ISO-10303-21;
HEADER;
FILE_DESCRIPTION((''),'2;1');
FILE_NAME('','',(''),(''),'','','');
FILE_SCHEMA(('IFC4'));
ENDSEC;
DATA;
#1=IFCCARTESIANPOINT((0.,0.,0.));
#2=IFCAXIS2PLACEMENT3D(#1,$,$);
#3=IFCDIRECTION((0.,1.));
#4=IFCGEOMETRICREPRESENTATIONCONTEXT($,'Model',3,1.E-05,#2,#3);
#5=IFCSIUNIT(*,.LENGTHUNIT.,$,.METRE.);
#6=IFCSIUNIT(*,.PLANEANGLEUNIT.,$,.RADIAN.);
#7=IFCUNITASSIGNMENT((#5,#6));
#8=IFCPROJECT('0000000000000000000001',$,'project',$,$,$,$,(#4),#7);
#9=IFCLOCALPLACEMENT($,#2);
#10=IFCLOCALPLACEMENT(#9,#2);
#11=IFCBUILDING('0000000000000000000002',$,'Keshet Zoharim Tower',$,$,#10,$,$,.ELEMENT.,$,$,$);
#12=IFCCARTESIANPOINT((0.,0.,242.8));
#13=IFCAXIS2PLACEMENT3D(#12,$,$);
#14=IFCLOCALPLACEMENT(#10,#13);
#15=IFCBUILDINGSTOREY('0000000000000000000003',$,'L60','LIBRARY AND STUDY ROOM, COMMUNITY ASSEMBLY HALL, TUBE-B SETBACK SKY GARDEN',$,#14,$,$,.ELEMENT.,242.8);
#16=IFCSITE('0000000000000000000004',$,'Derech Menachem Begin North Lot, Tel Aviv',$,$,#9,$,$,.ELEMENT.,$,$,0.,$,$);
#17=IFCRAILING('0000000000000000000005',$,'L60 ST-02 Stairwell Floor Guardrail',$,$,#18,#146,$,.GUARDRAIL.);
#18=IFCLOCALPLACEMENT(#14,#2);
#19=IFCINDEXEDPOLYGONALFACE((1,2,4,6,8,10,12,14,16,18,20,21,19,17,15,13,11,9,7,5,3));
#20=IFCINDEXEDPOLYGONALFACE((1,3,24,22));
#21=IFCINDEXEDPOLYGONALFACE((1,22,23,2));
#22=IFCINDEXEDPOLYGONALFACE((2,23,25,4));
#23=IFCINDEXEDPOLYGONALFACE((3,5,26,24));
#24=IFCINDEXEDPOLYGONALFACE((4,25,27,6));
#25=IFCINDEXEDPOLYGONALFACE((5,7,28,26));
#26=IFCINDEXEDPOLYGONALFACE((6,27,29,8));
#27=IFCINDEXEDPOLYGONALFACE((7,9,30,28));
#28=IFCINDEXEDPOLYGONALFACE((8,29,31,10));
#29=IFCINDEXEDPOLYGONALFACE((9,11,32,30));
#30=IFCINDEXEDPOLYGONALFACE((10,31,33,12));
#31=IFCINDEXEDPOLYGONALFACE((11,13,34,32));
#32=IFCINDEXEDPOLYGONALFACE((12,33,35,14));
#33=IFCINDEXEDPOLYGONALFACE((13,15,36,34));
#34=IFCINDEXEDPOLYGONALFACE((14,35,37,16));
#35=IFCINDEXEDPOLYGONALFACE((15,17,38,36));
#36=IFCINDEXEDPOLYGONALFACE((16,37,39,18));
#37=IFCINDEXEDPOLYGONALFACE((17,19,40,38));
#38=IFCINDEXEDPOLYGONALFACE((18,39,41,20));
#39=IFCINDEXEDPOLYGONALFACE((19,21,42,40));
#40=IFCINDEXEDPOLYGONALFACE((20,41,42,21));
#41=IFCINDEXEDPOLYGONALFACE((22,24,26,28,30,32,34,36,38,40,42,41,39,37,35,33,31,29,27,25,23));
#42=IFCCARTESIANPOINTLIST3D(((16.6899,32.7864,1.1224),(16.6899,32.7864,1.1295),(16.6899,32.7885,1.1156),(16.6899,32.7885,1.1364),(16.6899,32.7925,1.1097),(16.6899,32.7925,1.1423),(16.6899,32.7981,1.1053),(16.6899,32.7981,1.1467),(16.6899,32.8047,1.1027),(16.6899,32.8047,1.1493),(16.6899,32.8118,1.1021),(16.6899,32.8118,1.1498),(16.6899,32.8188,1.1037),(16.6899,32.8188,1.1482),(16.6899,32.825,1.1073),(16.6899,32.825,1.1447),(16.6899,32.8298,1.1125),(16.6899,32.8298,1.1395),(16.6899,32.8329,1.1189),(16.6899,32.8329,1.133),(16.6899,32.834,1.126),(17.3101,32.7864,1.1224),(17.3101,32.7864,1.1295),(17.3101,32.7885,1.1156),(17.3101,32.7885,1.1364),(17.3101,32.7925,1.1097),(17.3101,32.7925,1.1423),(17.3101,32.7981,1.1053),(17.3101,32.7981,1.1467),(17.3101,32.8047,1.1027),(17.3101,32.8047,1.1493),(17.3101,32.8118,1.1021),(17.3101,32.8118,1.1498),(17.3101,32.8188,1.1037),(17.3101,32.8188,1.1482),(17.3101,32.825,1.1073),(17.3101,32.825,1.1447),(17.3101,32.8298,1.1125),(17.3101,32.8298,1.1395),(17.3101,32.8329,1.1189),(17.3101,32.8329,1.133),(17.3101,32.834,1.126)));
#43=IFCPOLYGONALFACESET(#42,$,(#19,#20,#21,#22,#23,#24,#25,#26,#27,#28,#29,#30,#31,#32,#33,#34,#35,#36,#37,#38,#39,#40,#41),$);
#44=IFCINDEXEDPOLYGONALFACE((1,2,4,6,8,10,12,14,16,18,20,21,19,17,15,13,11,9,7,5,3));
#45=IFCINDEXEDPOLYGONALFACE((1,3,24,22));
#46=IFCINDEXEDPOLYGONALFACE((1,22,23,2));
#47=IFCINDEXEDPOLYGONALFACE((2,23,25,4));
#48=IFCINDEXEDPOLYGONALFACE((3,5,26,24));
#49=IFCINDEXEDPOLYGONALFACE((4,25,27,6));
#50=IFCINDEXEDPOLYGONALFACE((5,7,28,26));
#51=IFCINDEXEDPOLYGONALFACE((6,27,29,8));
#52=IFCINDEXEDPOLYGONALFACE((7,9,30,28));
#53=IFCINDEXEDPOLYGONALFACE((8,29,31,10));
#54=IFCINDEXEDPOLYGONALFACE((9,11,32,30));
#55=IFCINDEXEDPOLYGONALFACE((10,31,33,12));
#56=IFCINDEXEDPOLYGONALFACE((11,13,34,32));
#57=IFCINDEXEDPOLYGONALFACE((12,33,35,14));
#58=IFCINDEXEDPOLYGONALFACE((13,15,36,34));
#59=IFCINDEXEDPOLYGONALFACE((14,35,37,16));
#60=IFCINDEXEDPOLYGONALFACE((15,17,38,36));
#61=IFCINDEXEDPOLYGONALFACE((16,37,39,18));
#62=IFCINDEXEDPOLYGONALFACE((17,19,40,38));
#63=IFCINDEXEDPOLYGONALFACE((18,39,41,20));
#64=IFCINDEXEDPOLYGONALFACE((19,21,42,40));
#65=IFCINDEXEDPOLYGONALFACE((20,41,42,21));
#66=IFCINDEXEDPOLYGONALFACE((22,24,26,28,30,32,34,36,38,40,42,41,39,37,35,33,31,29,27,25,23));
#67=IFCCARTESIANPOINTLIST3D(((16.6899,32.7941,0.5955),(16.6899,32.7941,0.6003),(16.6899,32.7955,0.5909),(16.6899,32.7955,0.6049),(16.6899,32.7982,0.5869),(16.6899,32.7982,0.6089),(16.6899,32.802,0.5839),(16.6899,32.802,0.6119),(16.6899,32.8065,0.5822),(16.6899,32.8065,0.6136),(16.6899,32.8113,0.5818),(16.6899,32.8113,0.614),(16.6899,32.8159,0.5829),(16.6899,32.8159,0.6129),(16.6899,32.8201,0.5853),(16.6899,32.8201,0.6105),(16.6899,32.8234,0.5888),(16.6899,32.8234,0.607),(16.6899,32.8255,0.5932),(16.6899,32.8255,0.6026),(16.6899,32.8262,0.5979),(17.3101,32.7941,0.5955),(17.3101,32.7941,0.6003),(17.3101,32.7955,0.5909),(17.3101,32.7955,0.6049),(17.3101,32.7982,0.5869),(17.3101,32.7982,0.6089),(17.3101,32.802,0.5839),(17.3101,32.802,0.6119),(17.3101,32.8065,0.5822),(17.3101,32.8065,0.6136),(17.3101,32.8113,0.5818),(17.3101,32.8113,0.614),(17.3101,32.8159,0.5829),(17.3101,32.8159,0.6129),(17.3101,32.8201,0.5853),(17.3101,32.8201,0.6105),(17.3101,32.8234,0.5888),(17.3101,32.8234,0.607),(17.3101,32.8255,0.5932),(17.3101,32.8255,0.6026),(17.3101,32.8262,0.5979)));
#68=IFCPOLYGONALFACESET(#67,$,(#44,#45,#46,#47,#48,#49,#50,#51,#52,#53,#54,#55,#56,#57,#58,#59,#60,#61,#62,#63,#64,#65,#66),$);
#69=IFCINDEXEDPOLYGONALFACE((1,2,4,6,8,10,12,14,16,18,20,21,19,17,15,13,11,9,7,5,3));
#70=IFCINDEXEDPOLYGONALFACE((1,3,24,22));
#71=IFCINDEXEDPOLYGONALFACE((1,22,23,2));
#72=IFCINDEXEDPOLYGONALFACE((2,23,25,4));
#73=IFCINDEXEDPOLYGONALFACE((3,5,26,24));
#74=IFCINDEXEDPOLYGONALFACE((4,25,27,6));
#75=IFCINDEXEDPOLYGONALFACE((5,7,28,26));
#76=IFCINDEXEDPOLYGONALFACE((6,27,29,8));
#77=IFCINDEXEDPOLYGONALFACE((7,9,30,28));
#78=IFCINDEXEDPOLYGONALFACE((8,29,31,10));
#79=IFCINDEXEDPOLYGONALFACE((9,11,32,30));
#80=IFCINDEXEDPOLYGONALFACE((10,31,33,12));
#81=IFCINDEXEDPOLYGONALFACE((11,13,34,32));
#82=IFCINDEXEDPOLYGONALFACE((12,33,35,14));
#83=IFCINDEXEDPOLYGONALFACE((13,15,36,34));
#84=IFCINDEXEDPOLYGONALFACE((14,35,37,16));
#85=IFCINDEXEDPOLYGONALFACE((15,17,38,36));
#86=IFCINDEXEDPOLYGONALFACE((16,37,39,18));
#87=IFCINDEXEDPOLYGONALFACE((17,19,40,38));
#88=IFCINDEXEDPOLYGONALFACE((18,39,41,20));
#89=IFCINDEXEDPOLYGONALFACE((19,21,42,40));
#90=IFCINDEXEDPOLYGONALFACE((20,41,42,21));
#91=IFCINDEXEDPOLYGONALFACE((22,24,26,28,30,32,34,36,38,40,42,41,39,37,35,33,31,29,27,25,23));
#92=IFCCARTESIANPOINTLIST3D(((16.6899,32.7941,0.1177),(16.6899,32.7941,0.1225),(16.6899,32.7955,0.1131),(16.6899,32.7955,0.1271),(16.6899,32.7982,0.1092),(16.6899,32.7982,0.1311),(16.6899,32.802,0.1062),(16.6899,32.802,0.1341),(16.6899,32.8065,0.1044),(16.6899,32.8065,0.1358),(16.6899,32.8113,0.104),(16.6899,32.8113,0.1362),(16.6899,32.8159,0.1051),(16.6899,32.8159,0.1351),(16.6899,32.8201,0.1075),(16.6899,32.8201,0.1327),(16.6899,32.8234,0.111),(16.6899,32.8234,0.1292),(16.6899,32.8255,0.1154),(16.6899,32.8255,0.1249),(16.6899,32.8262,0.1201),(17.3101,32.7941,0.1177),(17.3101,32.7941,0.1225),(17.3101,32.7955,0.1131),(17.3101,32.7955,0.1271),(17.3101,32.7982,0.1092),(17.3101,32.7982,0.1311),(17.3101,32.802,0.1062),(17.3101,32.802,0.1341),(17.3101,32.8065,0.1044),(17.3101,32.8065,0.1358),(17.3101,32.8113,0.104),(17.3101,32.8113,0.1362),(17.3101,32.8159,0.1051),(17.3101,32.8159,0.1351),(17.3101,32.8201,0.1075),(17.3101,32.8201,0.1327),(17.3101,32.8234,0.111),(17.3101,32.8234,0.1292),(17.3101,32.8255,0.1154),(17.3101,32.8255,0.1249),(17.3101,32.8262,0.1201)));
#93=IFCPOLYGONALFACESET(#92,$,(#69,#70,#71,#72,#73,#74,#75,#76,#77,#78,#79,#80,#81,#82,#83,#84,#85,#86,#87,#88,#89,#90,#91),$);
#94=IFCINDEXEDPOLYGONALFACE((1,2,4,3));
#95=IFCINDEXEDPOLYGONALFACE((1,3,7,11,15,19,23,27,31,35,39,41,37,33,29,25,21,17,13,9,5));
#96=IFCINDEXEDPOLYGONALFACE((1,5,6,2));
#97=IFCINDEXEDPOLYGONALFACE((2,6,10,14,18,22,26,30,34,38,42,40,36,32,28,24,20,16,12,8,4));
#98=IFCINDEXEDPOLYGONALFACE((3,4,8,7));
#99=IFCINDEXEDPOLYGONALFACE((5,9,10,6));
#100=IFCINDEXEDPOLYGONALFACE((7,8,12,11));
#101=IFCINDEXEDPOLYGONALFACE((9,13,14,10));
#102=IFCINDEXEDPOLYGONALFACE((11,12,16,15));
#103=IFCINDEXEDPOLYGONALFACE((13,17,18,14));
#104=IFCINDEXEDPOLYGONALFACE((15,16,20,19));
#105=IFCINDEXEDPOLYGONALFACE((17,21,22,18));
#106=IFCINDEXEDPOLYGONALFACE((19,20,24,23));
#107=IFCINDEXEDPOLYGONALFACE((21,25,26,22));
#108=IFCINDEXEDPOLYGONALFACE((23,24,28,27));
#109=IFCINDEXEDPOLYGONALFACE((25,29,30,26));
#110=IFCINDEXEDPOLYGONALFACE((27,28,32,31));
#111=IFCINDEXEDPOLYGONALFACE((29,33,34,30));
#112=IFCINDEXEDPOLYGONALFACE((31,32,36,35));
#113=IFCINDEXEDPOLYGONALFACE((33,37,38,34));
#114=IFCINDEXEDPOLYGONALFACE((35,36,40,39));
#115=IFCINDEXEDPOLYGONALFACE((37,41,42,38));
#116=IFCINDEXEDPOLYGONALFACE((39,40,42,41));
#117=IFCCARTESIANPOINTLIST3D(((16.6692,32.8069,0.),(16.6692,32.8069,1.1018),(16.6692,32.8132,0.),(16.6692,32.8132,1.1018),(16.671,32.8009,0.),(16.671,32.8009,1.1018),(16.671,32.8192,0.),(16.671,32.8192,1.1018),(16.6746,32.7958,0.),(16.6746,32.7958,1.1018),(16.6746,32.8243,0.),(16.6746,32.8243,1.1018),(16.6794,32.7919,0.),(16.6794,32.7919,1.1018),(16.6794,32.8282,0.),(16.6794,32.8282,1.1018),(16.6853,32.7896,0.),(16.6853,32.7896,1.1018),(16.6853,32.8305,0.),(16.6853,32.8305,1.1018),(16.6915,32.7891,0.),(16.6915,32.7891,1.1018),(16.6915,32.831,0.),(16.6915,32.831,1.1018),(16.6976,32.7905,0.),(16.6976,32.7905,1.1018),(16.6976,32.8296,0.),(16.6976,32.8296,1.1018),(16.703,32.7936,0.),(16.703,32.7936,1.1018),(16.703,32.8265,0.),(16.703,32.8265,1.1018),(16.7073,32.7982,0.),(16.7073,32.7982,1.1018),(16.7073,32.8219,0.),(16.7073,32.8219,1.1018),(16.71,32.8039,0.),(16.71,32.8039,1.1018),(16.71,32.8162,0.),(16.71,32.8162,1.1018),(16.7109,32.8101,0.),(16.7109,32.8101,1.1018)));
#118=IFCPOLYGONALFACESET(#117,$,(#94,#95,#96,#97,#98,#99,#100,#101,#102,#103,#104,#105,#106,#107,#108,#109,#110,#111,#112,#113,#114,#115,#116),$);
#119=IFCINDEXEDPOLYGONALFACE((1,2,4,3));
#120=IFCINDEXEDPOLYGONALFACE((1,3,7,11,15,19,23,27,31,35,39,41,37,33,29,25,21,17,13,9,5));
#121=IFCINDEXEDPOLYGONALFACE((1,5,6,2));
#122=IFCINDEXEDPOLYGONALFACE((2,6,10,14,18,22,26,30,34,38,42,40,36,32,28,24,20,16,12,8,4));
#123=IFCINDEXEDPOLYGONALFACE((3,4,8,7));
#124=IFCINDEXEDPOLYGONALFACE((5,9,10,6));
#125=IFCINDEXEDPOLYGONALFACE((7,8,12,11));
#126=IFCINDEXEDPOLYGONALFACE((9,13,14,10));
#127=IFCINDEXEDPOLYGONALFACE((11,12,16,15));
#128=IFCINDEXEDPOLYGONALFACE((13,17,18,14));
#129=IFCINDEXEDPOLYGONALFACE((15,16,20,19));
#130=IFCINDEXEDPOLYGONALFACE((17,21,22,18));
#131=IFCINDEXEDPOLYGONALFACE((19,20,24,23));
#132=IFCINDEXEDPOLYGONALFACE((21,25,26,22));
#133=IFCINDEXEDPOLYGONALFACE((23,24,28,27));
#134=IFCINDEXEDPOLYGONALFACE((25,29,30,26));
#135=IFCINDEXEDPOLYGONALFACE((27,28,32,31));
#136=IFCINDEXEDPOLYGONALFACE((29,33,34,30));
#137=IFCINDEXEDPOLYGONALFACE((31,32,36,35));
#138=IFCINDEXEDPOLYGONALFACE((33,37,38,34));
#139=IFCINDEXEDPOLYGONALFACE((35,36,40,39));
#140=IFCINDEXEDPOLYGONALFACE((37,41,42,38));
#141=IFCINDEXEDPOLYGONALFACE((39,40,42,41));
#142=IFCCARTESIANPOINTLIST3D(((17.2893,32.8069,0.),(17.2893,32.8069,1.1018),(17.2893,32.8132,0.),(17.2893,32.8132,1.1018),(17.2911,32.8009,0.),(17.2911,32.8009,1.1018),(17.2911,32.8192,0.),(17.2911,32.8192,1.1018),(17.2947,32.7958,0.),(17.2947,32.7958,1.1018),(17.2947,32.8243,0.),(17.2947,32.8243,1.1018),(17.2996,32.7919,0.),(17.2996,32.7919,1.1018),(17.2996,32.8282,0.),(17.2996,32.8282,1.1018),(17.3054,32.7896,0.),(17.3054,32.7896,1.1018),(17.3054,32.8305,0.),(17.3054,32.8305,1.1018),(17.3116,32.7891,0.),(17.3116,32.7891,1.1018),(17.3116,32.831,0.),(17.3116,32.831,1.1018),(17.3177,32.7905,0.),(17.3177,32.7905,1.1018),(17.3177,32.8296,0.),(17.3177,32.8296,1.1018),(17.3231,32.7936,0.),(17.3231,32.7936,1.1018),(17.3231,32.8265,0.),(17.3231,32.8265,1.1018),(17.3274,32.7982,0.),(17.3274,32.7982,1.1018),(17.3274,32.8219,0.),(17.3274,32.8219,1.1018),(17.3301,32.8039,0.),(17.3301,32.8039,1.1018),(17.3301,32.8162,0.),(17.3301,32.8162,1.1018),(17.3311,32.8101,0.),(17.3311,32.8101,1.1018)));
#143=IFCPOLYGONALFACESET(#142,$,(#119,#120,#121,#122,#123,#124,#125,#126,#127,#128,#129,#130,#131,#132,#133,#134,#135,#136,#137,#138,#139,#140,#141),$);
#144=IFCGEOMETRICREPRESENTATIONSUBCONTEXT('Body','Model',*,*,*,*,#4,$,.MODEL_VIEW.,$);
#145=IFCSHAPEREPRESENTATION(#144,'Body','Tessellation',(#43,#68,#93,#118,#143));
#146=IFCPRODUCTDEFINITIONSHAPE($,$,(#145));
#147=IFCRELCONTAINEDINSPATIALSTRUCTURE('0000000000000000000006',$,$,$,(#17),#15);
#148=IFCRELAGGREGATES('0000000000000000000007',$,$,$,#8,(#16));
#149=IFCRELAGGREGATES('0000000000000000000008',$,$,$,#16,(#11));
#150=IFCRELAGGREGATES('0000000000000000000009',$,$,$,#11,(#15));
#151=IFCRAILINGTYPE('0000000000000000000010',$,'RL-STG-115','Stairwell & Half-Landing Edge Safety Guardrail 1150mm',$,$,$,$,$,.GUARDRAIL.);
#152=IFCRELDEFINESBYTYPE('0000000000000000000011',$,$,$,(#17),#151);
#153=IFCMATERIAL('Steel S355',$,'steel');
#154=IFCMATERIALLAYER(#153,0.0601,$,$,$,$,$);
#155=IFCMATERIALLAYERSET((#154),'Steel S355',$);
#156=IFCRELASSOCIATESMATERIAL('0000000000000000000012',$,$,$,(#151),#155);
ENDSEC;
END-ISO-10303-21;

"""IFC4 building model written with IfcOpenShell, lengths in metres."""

from ifc_helpers import new_model, si_unit, direction, frame, origin, origin_2d, place, context, subcontext, project, spatial, circle, extrude, material, layer, layer_set, type_object, element, save


model = new_model("IFC4")

# Units and contexts
model_context = context("Model", 3, precision=1e-05, world=origin(), true_north=direction((0.0, 1.0)))
body_context = subcontext(model_context, "Body", "Model", "MODEL_VIEW")
ifc_project = project(units=[si_unit("LENGTHUNIT", "METRE"), si_unit("PLANEANGLEUNIT", "RADIAN")], contexts=[model_context])

# Site, building, storey
site_placement = place(None, origin())
site = spatial("IfcSite", under=ifc_project, at=site_placement, Name="Derech Menachem Begin North Lot, Tel Aviv", CompositionType="ELEMENT", RefElevation=0.0)
building_placement = place(site_placement, origin())
building = spatial("IfcBuilding", under=site, at=building_placement, Name="Keshet Zoharim Tower", CompositionType="ELEMENT")
storey_placement = place(building_placement, frame((0.0, 0.0, 242.8)))
storey = spatial("IfcBuildingStorey", under=building, at=storey_placement, Name="L60", Description="LIBRARY AND STUDY ROOM, COMMUNITY ASSEMBLY HALL, TUBE-B SETBACK SKY GARDEN", CompositionType="ELEMENT", Elevation=242.8)

# Shared definitions
ifc_material_1 = material(Name="Steel S355", Category="steel")

# Railing
ifc_layer_1 = layer(ifc_material_1, 0.0601)
ifc_layer_set_1 = layer_set([ifc_layer_1], Name="Steel S355")
railing_type_1 = type_object("IfcRailingType", Name="RL-STG-115", Description="Stairwell & Half-Landing Edge Safety Guardrail 1150mm", PredefinedType="GUARDRAIL", material=ifc_layer_set_1)
railing_1_placement = place(storey_placement, frame((16.6899, 32.8101, 0.0)))
element("IfcRailing", 1, at=railing_1_placement, inside=storey, type_object=railing_type_1, Name="L60 ST-02 Stairwell Floor Guardrail", PredefinedType="GUARDRAIL", context=body_context, shape_type="SweptSolid", body=[
    extrude(circle(Radius=0.0239, at=origin_2d()), frame((0.0, 0.0, 1.126), z_axis=(1.0, 0.0, 0.0), x_axis=(0.0, 1.0, 0.0)), (0.0, 0.0, 1.0), 0.6201),
    extrude(circle(Radius=0.0161, at=origin_2d()), frame((0.0, 0.0, 0.5979), z_axis=(1.0, 0.0, 0.0), x_axis=(0.0, 1.0, 0.0)), (0.0, 0.0, 1.0), 0.6201),
    extrude(circle(Radius=0.0161, at=origin_2d()), frame((0.0, 0.0, 0.1201), z_axis=(1.0, 0.0, 0.0), x_axis=(0.0, 1.0, 0.0)), (0.0, 0.0, 1.0), 0.6201),
    extrude(circle(Radius=0.021, at=origin_2d()), origin(), (0.0, 0.0, 1.0), 1.1018),
    extrude(circle(Radius=0.021, at=origin_2d()), frame((0.6201, 0.0, 0.0)), (0.0, 0.0, 1.0), 1.1018),
])

save(model, "model.ifc")
